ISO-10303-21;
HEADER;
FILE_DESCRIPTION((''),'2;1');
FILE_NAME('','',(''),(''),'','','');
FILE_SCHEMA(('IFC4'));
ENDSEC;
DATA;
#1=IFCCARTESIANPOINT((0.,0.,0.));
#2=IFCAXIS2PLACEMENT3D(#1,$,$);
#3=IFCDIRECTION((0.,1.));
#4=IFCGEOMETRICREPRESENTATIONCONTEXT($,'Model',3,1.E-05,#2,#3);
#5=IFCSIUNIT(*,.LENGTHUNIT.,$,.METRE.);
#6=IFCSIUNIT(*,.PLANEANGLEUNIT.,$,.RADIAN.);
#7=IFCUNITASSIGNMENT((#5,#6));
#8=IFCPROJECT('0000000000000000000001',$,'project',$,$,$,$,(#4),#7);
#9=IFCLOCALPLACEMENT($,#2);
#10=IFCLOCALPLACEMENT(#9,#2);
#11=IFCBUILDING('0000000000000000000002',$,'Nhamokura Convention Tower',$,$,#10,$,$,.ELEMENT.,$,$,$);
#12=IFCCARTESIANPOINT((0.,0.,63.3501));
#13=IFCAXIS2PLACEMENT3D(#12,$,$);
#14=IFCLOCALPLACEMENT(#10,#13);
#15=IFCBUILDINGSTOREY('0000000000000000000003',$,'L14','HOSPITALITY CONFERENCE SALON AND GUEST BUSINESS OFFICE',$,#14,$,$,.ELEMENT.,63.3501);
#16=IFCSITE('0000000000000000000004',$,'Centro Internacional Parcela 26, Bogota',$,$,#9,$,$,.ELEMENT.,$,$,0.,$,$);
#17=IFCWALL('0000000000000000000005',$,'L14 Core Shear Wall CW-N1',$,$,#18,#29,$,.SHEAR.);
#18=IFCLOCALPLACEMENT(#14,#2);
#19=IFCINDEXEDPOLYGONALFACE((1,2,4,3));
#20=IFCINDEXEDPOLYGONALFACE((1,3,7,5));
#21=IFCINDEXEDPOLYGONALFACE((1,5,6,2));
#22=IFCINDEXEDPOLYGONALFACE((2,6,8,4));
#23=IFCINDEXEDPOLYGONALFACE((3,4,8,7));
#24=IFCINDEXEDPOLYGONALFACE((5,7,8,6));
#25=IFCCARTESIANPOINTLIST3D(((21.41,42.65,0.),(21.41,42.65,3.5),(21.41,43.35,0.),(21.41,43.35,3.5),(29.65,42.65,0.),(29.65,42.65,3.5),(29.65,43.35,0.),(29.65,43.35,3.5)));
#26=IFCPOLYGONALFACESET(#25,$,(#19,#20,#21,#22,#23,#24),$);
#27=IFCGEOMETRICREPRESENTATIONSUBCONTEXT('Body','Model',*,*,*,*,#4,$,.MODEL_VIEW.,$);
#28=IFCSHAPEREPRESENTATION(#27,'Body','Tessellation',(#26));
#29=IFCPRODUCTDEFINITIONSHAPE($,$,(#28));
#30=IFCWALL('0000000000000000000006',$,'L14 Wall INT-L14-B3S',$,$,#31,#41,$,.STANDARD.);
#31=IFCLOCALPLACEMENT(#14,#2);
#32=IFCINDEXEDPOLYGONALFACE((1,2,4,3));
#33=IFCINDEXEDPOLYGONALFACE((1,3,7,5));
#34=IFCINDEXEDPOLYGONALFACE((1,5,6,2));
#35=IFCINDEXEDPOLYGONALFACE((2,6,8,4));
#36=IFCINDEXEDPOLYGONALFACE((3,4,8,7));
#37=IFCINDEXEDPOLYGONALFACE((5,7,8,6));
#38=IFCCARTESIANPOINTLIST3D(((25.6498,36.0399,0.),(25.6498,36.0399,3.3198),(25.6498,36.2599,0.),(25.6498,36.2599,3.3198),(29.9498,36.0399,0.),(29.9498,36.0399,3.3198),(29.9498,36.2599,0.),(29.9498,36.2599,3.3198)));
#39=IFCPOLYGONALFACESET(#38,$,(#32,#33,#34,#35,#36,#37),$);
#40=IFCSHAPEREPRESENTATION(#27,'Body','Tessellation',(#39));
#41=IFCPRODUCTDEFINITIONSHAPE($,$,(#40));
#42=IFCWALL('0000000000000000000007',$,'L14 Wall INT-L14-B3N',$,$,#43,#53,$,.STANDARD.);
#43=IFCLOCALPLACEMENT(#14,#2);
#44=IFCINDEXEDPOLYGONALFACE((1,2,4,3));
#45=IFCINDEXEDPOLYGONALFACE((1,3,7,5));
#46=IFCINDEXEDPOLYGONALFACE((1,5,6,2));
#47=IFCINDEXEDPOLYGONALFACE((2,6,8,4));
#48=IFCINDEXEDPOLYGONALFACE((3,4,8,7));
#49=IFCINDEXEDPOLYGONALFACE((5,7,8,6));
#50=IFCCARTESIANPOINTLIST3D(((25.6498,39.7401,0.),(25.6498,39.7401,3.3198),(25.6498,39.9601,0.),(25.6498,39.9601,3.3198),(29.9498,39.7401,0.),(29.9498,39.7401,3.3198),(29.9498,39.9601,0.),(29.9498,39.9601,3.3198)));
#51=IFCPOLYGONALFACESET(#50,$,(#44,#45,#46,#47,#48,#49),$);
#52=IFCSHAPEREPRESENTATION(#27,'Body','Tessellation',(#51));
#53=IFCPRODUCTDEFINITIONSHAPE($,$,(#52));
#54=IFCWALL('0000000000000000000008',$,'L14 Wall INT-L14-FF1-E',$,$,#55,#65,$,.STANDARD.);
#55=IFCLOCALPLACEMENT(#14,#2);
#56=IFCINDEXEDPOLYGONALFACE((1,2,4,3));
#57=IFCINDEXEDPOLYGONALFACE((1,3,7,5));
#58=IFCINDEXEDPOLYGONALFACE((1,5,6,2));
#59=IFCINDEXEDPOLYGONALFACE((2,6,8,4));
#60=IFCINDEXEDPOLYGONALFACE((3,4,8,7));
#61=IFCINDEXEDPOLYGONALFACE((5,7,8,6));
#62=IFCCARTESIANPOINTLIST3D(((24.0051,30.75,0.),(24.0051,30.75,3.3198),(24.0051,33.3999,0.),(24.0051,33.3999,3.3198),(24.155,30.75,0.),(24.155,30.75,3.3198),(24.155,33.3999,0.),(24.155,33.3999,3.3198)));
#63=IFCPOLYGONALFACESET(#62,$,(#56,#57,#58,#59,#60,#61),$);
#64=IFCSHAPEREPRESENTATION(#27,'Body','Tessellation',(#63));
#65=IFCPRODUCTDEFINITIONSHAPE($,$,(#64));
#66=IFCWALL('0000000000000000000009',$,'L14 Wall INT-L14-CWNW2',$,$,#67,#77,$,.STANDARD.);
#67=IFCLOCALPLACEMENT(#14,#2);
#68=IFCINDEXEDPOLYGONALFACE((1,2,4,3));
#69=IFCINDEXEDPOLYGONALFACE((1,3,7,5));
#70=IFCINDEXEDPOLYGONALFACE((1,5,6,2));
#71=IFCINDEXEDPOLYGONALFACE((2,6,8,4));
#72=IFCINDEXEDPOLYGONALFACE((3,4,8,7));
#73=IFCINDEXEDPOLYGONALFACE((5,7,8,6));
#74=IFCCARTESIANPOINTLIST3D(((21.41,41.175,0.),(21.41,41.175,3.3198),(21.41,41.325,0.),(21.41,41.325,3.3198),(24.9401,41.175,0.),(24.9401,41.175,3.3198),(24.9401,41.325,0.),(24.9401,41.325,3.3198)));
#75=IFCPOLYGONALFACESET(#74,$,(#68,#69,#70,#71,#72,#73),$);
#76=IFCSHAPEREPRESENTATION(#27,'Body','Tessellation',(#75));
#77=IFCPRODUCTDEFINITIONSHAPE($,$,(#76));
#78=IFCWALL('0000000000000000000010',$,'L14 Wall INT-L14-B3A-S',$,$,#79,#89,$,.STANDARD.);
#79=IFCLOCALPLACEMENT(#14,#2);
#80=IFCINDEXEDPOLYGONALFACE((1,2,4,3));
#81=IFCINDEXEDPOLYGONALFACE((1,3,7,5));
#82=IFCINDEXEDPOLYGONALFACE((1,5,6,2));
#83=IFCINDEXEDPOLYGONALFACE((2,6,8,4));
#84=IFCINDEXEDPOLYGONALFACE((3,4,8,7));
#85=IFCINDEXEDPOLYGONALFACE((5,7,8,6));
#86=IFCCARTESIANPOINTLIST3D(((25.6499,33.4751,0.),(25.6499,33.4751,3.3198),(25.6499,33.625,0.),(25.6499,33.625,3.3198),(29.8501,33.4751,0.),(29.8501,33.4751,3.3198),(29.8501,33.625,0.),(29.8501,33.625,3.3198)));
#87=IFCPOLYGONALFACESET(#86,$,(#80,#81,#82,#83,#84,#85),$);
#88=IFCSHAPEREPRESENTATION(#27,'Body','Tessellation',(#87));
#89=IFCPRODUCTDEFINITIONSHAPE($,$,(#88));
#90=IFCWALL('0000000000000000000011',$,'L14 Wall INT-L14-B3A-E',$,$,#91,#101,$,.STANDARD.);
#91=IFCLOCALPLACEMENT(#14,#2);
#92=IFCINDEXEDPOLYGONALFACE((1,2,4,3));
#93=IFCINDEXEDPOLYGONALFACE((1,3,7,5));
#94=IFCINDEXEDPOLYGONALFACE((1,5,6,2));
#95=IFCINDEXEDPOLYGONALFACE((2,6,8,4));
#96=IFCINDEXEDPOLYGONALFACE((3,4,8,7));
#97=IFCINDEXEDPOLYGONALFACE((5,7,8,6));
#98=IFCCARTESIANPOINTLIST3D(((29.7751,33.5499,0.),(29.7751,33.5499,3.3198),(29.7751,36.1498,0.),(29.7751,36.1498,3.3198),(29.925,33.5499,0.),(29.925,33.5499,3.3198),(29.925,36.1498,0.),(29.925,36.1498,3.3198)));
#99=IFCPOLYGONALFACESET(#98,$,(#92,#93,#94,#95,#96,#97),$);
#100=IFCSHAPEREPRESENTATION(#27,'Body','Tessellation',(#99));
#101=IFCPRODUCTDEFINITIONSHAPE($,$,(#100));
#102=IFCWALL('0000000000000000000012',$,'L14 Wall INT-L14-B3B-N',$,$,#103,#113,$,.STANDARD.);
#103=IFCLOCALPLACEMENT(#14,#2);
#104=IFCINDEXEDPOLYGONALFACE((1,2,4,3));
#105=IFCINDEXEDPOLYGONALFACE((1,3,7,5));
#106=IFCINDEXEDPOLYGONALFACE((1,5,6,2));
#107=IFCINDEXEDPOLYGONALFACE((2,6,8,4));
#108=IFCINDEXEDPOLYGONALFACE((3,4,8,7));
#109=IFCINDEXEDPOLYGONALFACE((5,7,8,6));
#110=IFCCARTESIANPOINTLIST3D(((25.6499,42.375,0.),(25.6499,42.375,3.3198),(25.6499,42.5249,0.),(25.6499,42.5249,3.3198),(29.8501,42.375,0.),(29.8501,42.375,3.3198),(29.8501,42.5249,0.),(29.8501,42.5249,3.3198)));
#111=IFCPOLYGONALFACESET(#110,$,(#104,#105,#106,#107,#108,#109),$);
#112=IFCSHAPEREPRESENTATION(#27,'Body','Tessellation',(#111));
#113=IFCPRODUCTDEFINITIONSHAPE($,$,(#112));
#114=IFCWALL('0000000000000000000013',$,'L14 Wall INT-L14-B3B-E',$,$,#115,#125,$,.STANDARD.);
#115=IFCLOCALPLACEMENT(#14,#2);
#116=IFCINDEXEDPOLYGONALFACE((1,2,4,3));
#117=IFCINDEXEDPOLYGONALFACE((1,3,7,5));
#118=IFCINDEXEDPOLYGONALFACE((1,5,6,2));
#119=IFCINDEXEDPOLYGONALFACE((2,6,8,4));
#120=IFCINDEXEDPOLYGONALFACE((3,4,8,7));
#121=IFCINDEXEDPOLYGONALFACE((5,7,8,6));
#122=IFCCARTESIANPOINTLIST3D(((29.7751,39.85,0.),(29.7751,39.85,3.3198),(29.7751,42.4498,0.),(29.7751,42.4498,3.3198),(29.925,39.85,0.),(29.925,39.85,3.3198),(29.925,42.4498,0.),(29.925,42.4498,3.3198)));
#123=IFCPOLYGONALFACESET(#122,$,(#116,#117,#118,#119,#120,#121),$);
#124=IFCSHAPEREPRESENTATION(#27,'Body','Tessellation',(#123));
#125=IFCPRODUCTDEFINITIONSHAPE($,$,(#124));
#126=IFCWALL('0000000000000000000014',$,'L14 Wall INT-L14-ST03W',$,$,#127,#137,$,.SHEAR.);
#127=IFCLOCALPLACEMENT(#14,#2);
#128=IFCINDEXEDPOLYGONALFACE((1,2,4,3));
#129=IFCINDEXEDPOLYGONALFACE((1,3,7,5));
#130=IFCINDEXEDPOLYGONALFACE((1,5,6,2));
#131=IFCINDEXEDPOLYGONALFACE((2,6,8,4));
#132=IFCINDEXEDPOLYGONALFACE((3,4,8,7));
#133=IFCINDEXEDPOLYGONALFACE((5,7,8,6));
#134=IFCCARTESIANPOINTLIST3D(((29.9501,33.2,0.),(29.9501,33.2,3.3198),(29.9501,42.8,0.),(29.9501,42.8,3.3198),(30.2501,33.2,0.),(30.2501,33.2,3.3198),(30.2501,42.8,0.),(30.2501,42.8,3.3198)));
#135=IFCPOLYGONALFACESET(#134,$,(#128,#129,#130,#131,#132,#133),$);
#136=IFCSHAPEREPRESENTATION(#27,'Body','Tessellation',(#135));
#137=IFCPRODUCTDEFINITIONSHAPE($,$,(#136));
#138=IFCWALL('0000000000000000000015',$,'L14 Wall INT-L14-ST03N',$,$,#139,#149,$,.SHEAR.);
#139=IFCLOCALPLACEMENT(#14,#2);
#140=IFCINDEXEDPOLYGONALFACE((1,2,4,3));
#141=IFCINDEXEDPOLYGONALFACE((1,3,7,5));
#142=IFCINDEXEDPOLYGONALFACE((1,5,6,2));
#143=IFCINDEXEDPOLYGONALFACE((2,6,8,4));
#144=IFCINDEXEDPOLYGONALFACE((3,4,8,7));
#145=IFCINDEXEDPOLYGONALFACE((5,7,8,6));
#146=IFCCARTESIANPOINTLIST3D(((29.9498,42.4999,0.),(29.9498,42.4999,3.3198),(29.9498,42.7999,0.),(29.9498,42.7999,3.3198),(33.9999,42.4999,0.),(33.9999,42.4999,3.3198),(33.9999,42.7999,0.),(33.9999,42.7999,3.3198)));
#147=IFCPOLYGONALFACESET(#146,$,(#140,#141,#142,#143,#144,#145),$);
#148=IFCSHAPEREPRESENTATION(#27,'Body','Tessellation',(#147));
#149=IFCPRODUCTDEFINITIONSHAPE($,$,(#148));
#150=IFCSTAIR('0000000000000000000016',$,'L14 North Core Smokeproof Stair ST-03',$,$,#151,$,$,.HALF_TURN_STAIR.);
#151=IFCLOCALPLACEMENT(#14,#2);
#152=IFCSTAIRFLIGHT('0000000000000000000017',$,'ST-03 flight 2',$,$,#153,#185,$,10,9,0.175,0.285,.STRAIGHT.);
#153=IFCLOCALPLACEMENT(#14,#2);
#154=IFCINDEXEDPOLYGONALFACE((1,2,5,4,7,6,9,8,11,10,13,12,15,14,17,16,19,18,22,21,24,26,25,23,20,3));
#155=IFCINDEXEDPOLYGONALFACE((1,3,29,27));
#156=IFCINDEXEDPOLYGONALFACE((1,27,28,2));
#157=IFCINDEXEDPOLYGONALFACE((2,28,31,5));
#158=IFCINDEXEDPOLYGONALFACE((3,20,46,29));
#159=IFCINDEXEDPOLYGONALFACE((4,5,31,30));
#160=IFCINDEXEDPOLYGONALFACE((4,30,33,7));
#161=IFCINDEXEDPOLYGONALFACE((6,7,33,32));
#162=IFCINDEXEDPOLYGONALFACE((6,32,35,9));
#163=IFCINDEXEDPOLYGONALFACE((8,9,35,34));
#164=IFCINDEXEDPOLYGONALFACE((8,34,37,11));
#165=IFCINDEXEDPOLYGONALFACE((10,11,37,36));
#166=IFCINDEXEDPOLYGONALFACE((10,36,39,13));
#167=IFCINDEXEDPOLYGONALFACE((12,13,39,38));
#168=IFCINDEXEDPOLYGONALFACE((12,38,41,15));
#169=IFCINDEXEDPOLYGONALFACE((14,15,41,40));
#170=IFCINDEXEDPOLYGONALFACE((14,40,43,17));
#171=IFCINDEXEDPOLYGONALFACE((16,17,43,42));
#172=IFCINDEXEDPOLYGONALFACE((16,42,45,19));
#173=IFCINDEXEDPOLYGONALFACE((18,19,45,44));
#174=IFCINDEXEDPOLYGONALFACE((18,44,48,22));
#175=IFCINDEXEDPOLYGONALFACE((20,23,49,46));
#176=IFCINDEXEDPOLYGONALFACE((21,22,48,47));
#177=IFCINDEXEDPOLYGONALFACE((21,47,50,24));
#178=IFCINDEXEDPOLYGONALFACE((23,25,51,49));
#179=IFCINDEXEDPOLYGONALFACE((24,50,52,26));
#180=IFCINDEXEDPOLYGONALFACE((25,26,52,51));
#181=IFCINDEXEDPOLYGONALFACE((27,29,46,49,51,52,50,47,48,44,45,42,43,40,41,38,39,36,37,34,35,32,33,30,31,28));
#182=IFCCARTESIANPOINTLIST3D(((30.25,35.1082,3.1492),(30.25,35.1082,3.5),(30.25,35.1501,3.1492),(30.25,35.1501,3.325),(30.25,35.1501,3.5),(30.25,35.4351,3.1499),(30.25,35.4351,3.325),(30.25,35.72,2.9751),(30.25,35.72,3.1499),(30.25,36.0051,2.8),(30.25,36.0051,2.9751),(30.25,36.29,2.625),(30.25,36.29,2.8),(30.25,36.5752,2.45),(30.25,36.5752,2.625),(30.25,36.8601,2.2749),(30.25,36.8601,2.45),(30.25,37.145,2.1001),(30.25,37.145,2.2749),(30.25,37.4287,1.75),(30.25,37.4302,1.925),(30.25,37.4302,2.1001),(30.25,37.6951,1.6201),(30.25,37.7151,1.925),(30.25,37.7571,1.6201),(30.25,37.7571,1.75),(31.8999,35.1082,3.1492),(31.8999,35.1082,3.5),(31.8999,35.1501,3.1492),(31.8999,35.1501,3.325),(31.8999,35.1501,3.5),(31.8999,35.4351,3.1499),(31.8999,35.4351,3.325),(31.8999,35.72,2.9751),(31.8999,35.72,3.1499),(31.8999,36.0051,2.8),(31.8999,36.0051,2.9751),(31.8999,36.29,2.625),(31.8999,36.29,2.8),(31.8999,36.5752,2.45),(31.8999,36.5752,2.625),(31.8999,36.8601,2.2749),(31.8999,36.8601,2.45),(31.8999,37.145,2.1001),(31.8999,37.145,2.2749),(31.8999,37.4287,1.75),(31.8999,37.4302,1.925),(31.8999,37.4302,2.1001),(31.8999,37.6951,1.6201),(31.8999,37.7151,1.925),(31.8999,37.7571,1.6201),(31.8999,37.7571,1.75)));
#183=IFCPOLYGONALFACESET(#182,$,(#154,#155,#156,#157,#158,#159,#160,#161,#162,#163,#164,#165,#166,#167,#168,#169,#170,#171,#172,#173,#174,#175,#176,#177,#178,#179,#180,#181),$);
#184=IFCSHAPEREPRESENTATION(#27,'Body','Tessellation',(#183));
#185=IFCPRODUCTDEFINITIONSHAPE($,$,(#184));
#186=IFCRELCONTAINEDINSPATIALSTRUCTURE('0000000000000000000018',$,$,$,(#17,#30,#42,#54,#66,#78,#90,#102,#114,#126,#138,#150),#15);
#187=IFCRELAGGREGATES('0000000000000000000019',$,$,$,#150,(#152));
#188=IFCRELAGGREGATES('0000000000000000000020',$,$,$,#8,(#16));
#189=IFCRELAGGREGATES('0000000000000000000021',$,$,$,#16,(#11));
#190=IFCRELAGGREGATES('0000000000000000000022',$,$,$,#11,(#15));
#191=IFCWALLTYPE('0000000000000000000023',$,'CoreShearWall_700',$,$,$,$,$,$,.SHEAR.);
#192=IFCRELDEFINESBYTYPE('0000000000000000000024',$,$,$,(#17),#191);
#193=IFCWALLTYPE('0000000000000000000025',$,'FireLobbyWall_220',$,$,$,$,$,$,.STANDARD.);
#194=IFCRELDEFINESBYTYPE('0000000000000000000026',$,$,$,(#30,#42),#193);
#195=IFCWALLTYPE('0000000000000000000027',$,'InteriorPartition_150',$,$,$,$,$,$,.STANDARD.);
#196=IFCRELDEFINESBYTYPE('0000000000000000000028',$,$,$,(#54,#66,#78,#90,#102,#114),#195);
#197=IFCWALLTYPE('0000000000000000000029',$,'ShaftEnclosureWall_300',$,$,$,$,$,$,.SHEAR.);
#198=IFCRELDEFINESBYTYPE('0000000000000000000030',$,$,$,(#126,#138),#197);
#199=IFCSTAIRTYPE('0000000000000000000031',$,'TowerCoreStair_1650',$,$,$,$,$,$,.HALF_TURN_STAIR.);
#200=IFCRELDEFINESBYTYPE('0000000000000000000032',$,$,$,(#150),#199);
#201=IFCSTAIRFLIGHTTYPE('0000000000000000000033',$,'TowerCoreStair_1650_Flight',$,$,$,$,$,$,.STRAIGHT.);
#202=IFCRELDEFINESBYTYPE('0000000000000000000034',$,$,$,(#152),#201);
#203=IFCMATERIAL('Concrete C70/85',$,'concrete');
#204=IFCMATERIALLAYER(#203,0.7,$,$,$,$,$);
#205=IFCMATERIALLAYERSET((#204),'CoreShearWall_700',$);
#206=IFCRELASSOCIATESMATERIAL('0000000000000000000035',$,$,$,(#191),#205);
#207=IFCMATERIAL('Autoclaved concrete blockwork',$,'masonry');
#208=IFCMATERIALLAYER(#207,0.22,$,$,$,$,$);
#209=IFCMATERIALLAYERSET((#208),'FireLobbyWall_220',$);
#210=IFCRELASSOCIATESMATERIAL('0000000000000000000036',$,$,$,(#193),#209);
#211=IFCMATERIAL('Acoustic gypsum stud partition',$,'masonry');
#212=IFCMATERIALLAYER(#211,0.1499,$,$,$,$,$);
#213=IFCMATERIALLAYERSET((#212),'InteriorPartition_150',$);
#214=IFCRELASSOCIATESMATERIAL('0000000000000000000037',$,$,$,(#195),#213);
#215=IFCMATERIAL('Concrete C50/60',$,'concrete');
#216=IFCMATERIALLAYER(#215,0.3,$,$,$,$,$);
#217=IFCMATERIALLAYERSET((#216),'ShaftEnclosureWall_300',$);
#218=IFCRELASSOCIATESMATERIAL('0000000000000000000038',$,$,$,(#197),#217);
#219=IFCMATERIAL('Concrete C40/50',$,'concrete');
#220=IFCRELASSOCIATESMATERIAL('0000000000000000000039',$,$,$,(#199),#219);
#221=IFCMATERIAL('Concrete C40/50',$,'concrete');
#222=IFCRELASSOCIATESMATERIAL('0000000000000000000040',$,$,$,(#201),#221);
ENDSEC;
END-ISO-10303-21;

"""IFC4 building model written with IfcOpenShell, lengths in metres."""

from ifc_helpers import new_model, si_unit, direction, frame, frame_2d, origin, place, context, subcontext, project, spatial, polyline, rectangle, outline, extrude, material, layer, layer_set, type_object, element, aggregate, save


model = new_model("IFC4")

# Units and contexts
model_context = context("Model", 3, precision=1e-05, world=origin(), true_north=direction((0.0, 1.0)))
body_context = subcontext(model_context, "Body", "Model", "MODEL_VIEW")
ifc_project = project(units=[si_unit("LENGTHUNIT", "METRE"), si_unit("PLANEANGLEUNIT", "RADIAN")], contexts=[model_context])

# Site, building, storey
site_placement = place(None, origin())
site = spatial("IfcSite", under=ifc_project, at=site_placement, Name="Centro Internacional Parcela 26, Bogota", CompositionType="ELEMENT", RefElevation=0.0)
building_placement = place(site_placement, origin())
building = spatial("IfcBuilding", under=site, at=building_placement, Name="Nhamokura Convention Tower", CompositionType="ELEMENT")
storey_placement = place(building_placement, frame((0.0, 0.0, 63.3501)))
storey = spatial("IfcBuildingStorey", under=building, at=storey_placement, Name="L14", Description="HOSPITALITY CONFERENCE SALON AND GUEST BUSINESS OFFICE", CompositionType="ELEMENT", Elevation=63.3501)

# Wall
ifc_material_1 = material(Name="Concrete C70/85", Category="concrete")
ifc_layer_1 = layer(ifc_material_1, 0.7)
ifc_layer_set_1 = layer_set([ifc_layer_1], Name="CoreShearWall_700")
wall_type_1 = type_object("IfcWallType", Name="CoreShearWall_700", PredefinedType="SHEAR", material=ifc_layer_set_1)
wall_1_placement = place(storey_placement, frame((21.4099, 43.0, 0.0), z_axis=(0.0, 0.0, 1.0), x_axis=(1.0, 0.0, 0.0)))
element("IfcWall", 1, at=wall_1_placement, inside=storey, type_object=wall_type_1, Name="L14 Core Shear Wall CW-N1", PredefinedType="SHEAR", context=body_context, shape_type="SweptSolid", body=[
    extrude(rectangle(XDim=8.24, YDim=0.7, at=frame_2d((4.1201, 0.0))), origin(), (0.0, 0.0, 1.0), 3.5),
])

# Walls
ifc_material_2 = material(Name="Autoclaved concrete blockwork", Category="masonry")
ifc_layer_2 = layer(ifc_material_2, 0.22)
ifc_layer_set_2 = layer_set([ifc_layer_2], Name="FireLobbyWall_220")
wall_type_2 = type_object("IfcWallType", Name="FireLobbyWall_220", PredefinedType="STANDARD", material=ifc_layer_set_2)
for number, where, z_axis, x_axis, name in (
    (2, (25.6499, 36.1499, 0.0), (0.0, 0.0, 1.0), (1.0, 0.0, 0.0), "L14 Wall INT-L14-B3S"),
    (3, (25.6499, 39.8501, 0.0), (0.0, 0.0, 1.0), (1.0, 0.0, 0.0), "L14 Wall INT-L14-B3N"),
):
    element("IfcWall", number, at=place(storey_placement, frame(where, z_axis=z_axis, x_axis=x_axis)), inside=storey, type_object=wall_type_2, Name=name, PredefinedType="STANDARD", context=body_context, shape_type="SweptSolid", body=[
        extrude(rectangle(XDim=4.3, YDim=0.22, at=frame_2d((2.1499, 0.0))), origin(), (0.0, 0.0, 1.0), 3.3198),
    ])
ifc_material_3 = material(Name="Acoustic gypsum stud partition", Category="masonry")
ifc_layer_3 = layer(ifc_material_3, 0.1499)
ifc_layer_set_3 = layer_set([ifc_layer_3], Name="InteriorPartition_150")
wall_type_3 = type_object("IfcWallType", Name="InteriorPartition_150", PredefinedType="STANDARD", material=ifc_layer_set_3)
wall_2_placement = place(storey_placement, frame((24.0801, 30.75, 0.0), z_axis=(0.0, 0.0, 1.0), x_axis=(0.0, 1.0, 0.0)))
element("IfcWall", 4, at=wall_2_placement, inside=storey, type_object=wall_type_3, Name="L14 Wall INT-L14-FF1-E", PredefinedType="STANDARD", context=body_context, shape_type="SweptSolid", body=[
    extrude(rectangle(XDim=2.6499, YDim=0.1499, at=frame_2d((1.325, 0.0))), origin(), (0.0, 0.0, 1.0), 3.3198),
])
wall_3_placement = place(storey_placement, frame((21.4099, 41.25, 0.0), z_axis=(0.0, 0.0, 1.0), x_axis=(1.0, 0.0, 0.0)))
element("IfcWall", 5, at=wall_3_placement, inside=storey, type_object=wall_type_3, Name="L14 Wall INT-L14-CWNW2", PredefinedType="STANDARD", context=body_context, shape_type="SweptSolid", body=[
    extrude(rectangle(XDim=3.53, YDim=0.1499, at=frame_2d((1.7651, 0.0))), origin(), (0.0, 0.0, 1.0), 3.3198),
])
wall_4_placement = place(storey_placement, frame((25.6499, 33.55, 0.0), z_axis=(0.0, 0.0, 1.0), x_axis=(1.0, 0.0, 0.0)))
element("IfcWall", 6, at=wall_4_placement, inside=storey, type_object=wall_type_3, Name="L14 Wall INT-L14-B3A-S", PredefinedType="STANDARD", context=body_context, shape_type="SweptSolid", body=[
    extrude(rectangle(XDim=4.2002, YDim=0.1499, at=frame_2d((2.1001, 0.0))), origin(), (0.0, 0.0, 1.0), 3.3198),
])
wall_5_placement = place(storey_placement, frame((29.8501, 33.55, 0.0), z_axis=(0.0, 0.0, 1.0), x_axis=(0.0, 1.0, 0.0)))
element("IfcWall", 7, at=wall_5_placement, inside=storey, type_object=wall_type_3, Name="L14 Wall INT-L14-B3A-E", PredefinedType="STANDARD", context=body_context, shape_type="SweptSolid", body=[
    extrude(rectangle(XDim=2.5999, YDim=0.1499, at=frame_2d((1.2998, 0.0))), origin(), (0.0, 0.0, 1.0), 3.3198),
])
wall_6_placement = place(storey_placement, frame((25.6499, 42.45, 0.0), z_axis=(0.0, 0.0, 1.0), x_axis=(1.0, 0.0, 0.0)))
element("IfcWall", 8, at=wall_6_placement, inside=storey, type_object=wall_type_3, Name="L14 Wall INT-L14-B3B-N", PredefinedType="STANDARD", context=body_context, shape_type="SweptSolid", body=[
    extrude(rectangle(XDim=4.2002, YDim=0.1499, at=frame_2d((2.1001, 0.0))), origin(), (0.0, 0.0, 1.0), 3.3198),
])
wall_7_placement = place(storey_placement, frame((29.8501, 39.8501, 0.0), z_axis=(0.0, 0.0, 1.0), x_axis=(0.0, 1.0, 0.0)))
element("IfcWall", 9, at=wall_7_placement, inside=storey, type_object=wall_type_3, Name="L14 Wall INT-L14-B3B-E", PredefinedType="STANDARD", context=body_context, shape_type="SweptSolid", body=[
    extrude(rectangle(XDim=2.5999, YDim=0.1499, at=frame_2d((1.2998, 0.0))), origin(), (0.0, 0.0, 1.0), 3.3198),
])
ifc_material_4 = material(Name="Concrete C50/60", Category="concrete")
ifc_layer_4 = layer(ifc_material_4, 0.3)
ifc_layer_set_4 = layer_set([ifc_layer_4], Name="ShaftEnclosureWall_300")
wall_type_4 = type_object("IfcWallType", Name="ShaftEnclosureWall_300", PredefinedType="SHEAR", material=ifc_layer_set_4)
wall_8_placement = place(storey_placement, frame((30.1001, 33.2, 0.0), z_axis=(0.0, 0.0, 1.0), x_axis=(0.0, 1.0, 0.0)))
element("IfcWall", 10, at=wall_8_placement, inside=storey, type_object=wall_type_4, Name="L14 Wall INT-L14-ST03W", PredefinedType="SHEAR", context=body_context, shape_type="SweptSolid", body=[
    extrude(rectangle(XDim=9.6001, YDim=0.3, at=frame_2d((4.8, 0.0))), origin(), (0.0, 0.0, 1.0), 3.3198),
])

# Wall
wall_9_placement = place(storey_placement, frame((29.95, 42.6499, 0.0), z_axis=(0.0, 0.0, 1.0), x_axis=(1.0, 0.0, 0.0)))
element("IfcWall", 11, at=wall_9_placement, inside=storey, type_object=wall_type_4, Name="L14 Wall INT-L14-ST03N", PredefinedType="SHEAR", context=body_context, shape_type="SweptSolid", body=[
    extrude(rectangle(XDim=4.05, YDim=0.3, at=frame_2d((2.0249, 0.0))), origin(), (0.0, 0.0, 1.0), 3.3198),
])

# Stair, stair flight
ifc_material_5 = material(Name="Concrete C40/50", Category="concrete")
stair_type = type_object("IfcStairType", Name="TowerCoreStair_1650", PredefinedType="HALF_TURN_STAIR", material=ifc_material_5)
stair_placement = place(storey_placement, origin())
stair = element("IfcStair", 12, at=stair_placement, inside=storey, type_object=stair_type, Name="L14 North Core Smokeproof Stair ST-03", PredefinedType="HALF_TURN_STAIR")
ifc_material_6 = material(Name="Concrete C40/50", Category="concrete")
stair_flight_type = type_object("IfcStairFlightType", Name="TowerCoreStair_1650_Flight", PredefinedType="STRAIGHT", material=ifc_material_6)
stair_flight_placement = place(storey_placement, frame((31.075, 37.7151, 1.75), z_axis=(0.0, 0.0, 1.0), x_axis=(0.0, -1.0, 0.0)))
stair_flight = element("IfcStairFlight", 13, at=stair_flight_placement, type_object=stair_flight_type, Name="ST-03 flight 2", NumberOfRisers=10, NumberOfTreads=9, PredefinedType="STRAIGHT", RiserHeight=0.175, TreadLength=0.285, context=body_context, shape_type="SweptSolid", body=[
    extrude(outline(polyline([(-0.042, 0.0), (0.0, 0.175), (0.2849, 0.175), (0.2849, 0.3501), (0.5701, 0.3501), (0.5701, 0.5249), (0.855, 0.5249), (0.855, 0.7), (1.1399, 0.7), (1.1399, 0.875), (1.425, 0.875), (1.425, 1.05), (1.71, 1.05), (1.71, 1.2251), (1.9951, 1.2251), (1.9951, 1.3999), (2.28, 1.3999), (2.28, 1.575), (2.5649, 1.575), (2.5649, 1.75), (2.6069, 1.75), (2.6069, 1.3992), (2.5649, 1.3992), (0.2864, 0.0), (0.02, -0.1299), (-0.042, -0.1299), (-0.042, 0.0)])), frame((0.0, 0.825, 0.0), z_axis=(0.0, -1.0, 0.0), x_axis=(1.0, 0.0, 0.0)), (0.0, 0.0, 1.0), 1.6499),
])
aggregate(stair, [stair_flight])

save(model, "model.ifc")
